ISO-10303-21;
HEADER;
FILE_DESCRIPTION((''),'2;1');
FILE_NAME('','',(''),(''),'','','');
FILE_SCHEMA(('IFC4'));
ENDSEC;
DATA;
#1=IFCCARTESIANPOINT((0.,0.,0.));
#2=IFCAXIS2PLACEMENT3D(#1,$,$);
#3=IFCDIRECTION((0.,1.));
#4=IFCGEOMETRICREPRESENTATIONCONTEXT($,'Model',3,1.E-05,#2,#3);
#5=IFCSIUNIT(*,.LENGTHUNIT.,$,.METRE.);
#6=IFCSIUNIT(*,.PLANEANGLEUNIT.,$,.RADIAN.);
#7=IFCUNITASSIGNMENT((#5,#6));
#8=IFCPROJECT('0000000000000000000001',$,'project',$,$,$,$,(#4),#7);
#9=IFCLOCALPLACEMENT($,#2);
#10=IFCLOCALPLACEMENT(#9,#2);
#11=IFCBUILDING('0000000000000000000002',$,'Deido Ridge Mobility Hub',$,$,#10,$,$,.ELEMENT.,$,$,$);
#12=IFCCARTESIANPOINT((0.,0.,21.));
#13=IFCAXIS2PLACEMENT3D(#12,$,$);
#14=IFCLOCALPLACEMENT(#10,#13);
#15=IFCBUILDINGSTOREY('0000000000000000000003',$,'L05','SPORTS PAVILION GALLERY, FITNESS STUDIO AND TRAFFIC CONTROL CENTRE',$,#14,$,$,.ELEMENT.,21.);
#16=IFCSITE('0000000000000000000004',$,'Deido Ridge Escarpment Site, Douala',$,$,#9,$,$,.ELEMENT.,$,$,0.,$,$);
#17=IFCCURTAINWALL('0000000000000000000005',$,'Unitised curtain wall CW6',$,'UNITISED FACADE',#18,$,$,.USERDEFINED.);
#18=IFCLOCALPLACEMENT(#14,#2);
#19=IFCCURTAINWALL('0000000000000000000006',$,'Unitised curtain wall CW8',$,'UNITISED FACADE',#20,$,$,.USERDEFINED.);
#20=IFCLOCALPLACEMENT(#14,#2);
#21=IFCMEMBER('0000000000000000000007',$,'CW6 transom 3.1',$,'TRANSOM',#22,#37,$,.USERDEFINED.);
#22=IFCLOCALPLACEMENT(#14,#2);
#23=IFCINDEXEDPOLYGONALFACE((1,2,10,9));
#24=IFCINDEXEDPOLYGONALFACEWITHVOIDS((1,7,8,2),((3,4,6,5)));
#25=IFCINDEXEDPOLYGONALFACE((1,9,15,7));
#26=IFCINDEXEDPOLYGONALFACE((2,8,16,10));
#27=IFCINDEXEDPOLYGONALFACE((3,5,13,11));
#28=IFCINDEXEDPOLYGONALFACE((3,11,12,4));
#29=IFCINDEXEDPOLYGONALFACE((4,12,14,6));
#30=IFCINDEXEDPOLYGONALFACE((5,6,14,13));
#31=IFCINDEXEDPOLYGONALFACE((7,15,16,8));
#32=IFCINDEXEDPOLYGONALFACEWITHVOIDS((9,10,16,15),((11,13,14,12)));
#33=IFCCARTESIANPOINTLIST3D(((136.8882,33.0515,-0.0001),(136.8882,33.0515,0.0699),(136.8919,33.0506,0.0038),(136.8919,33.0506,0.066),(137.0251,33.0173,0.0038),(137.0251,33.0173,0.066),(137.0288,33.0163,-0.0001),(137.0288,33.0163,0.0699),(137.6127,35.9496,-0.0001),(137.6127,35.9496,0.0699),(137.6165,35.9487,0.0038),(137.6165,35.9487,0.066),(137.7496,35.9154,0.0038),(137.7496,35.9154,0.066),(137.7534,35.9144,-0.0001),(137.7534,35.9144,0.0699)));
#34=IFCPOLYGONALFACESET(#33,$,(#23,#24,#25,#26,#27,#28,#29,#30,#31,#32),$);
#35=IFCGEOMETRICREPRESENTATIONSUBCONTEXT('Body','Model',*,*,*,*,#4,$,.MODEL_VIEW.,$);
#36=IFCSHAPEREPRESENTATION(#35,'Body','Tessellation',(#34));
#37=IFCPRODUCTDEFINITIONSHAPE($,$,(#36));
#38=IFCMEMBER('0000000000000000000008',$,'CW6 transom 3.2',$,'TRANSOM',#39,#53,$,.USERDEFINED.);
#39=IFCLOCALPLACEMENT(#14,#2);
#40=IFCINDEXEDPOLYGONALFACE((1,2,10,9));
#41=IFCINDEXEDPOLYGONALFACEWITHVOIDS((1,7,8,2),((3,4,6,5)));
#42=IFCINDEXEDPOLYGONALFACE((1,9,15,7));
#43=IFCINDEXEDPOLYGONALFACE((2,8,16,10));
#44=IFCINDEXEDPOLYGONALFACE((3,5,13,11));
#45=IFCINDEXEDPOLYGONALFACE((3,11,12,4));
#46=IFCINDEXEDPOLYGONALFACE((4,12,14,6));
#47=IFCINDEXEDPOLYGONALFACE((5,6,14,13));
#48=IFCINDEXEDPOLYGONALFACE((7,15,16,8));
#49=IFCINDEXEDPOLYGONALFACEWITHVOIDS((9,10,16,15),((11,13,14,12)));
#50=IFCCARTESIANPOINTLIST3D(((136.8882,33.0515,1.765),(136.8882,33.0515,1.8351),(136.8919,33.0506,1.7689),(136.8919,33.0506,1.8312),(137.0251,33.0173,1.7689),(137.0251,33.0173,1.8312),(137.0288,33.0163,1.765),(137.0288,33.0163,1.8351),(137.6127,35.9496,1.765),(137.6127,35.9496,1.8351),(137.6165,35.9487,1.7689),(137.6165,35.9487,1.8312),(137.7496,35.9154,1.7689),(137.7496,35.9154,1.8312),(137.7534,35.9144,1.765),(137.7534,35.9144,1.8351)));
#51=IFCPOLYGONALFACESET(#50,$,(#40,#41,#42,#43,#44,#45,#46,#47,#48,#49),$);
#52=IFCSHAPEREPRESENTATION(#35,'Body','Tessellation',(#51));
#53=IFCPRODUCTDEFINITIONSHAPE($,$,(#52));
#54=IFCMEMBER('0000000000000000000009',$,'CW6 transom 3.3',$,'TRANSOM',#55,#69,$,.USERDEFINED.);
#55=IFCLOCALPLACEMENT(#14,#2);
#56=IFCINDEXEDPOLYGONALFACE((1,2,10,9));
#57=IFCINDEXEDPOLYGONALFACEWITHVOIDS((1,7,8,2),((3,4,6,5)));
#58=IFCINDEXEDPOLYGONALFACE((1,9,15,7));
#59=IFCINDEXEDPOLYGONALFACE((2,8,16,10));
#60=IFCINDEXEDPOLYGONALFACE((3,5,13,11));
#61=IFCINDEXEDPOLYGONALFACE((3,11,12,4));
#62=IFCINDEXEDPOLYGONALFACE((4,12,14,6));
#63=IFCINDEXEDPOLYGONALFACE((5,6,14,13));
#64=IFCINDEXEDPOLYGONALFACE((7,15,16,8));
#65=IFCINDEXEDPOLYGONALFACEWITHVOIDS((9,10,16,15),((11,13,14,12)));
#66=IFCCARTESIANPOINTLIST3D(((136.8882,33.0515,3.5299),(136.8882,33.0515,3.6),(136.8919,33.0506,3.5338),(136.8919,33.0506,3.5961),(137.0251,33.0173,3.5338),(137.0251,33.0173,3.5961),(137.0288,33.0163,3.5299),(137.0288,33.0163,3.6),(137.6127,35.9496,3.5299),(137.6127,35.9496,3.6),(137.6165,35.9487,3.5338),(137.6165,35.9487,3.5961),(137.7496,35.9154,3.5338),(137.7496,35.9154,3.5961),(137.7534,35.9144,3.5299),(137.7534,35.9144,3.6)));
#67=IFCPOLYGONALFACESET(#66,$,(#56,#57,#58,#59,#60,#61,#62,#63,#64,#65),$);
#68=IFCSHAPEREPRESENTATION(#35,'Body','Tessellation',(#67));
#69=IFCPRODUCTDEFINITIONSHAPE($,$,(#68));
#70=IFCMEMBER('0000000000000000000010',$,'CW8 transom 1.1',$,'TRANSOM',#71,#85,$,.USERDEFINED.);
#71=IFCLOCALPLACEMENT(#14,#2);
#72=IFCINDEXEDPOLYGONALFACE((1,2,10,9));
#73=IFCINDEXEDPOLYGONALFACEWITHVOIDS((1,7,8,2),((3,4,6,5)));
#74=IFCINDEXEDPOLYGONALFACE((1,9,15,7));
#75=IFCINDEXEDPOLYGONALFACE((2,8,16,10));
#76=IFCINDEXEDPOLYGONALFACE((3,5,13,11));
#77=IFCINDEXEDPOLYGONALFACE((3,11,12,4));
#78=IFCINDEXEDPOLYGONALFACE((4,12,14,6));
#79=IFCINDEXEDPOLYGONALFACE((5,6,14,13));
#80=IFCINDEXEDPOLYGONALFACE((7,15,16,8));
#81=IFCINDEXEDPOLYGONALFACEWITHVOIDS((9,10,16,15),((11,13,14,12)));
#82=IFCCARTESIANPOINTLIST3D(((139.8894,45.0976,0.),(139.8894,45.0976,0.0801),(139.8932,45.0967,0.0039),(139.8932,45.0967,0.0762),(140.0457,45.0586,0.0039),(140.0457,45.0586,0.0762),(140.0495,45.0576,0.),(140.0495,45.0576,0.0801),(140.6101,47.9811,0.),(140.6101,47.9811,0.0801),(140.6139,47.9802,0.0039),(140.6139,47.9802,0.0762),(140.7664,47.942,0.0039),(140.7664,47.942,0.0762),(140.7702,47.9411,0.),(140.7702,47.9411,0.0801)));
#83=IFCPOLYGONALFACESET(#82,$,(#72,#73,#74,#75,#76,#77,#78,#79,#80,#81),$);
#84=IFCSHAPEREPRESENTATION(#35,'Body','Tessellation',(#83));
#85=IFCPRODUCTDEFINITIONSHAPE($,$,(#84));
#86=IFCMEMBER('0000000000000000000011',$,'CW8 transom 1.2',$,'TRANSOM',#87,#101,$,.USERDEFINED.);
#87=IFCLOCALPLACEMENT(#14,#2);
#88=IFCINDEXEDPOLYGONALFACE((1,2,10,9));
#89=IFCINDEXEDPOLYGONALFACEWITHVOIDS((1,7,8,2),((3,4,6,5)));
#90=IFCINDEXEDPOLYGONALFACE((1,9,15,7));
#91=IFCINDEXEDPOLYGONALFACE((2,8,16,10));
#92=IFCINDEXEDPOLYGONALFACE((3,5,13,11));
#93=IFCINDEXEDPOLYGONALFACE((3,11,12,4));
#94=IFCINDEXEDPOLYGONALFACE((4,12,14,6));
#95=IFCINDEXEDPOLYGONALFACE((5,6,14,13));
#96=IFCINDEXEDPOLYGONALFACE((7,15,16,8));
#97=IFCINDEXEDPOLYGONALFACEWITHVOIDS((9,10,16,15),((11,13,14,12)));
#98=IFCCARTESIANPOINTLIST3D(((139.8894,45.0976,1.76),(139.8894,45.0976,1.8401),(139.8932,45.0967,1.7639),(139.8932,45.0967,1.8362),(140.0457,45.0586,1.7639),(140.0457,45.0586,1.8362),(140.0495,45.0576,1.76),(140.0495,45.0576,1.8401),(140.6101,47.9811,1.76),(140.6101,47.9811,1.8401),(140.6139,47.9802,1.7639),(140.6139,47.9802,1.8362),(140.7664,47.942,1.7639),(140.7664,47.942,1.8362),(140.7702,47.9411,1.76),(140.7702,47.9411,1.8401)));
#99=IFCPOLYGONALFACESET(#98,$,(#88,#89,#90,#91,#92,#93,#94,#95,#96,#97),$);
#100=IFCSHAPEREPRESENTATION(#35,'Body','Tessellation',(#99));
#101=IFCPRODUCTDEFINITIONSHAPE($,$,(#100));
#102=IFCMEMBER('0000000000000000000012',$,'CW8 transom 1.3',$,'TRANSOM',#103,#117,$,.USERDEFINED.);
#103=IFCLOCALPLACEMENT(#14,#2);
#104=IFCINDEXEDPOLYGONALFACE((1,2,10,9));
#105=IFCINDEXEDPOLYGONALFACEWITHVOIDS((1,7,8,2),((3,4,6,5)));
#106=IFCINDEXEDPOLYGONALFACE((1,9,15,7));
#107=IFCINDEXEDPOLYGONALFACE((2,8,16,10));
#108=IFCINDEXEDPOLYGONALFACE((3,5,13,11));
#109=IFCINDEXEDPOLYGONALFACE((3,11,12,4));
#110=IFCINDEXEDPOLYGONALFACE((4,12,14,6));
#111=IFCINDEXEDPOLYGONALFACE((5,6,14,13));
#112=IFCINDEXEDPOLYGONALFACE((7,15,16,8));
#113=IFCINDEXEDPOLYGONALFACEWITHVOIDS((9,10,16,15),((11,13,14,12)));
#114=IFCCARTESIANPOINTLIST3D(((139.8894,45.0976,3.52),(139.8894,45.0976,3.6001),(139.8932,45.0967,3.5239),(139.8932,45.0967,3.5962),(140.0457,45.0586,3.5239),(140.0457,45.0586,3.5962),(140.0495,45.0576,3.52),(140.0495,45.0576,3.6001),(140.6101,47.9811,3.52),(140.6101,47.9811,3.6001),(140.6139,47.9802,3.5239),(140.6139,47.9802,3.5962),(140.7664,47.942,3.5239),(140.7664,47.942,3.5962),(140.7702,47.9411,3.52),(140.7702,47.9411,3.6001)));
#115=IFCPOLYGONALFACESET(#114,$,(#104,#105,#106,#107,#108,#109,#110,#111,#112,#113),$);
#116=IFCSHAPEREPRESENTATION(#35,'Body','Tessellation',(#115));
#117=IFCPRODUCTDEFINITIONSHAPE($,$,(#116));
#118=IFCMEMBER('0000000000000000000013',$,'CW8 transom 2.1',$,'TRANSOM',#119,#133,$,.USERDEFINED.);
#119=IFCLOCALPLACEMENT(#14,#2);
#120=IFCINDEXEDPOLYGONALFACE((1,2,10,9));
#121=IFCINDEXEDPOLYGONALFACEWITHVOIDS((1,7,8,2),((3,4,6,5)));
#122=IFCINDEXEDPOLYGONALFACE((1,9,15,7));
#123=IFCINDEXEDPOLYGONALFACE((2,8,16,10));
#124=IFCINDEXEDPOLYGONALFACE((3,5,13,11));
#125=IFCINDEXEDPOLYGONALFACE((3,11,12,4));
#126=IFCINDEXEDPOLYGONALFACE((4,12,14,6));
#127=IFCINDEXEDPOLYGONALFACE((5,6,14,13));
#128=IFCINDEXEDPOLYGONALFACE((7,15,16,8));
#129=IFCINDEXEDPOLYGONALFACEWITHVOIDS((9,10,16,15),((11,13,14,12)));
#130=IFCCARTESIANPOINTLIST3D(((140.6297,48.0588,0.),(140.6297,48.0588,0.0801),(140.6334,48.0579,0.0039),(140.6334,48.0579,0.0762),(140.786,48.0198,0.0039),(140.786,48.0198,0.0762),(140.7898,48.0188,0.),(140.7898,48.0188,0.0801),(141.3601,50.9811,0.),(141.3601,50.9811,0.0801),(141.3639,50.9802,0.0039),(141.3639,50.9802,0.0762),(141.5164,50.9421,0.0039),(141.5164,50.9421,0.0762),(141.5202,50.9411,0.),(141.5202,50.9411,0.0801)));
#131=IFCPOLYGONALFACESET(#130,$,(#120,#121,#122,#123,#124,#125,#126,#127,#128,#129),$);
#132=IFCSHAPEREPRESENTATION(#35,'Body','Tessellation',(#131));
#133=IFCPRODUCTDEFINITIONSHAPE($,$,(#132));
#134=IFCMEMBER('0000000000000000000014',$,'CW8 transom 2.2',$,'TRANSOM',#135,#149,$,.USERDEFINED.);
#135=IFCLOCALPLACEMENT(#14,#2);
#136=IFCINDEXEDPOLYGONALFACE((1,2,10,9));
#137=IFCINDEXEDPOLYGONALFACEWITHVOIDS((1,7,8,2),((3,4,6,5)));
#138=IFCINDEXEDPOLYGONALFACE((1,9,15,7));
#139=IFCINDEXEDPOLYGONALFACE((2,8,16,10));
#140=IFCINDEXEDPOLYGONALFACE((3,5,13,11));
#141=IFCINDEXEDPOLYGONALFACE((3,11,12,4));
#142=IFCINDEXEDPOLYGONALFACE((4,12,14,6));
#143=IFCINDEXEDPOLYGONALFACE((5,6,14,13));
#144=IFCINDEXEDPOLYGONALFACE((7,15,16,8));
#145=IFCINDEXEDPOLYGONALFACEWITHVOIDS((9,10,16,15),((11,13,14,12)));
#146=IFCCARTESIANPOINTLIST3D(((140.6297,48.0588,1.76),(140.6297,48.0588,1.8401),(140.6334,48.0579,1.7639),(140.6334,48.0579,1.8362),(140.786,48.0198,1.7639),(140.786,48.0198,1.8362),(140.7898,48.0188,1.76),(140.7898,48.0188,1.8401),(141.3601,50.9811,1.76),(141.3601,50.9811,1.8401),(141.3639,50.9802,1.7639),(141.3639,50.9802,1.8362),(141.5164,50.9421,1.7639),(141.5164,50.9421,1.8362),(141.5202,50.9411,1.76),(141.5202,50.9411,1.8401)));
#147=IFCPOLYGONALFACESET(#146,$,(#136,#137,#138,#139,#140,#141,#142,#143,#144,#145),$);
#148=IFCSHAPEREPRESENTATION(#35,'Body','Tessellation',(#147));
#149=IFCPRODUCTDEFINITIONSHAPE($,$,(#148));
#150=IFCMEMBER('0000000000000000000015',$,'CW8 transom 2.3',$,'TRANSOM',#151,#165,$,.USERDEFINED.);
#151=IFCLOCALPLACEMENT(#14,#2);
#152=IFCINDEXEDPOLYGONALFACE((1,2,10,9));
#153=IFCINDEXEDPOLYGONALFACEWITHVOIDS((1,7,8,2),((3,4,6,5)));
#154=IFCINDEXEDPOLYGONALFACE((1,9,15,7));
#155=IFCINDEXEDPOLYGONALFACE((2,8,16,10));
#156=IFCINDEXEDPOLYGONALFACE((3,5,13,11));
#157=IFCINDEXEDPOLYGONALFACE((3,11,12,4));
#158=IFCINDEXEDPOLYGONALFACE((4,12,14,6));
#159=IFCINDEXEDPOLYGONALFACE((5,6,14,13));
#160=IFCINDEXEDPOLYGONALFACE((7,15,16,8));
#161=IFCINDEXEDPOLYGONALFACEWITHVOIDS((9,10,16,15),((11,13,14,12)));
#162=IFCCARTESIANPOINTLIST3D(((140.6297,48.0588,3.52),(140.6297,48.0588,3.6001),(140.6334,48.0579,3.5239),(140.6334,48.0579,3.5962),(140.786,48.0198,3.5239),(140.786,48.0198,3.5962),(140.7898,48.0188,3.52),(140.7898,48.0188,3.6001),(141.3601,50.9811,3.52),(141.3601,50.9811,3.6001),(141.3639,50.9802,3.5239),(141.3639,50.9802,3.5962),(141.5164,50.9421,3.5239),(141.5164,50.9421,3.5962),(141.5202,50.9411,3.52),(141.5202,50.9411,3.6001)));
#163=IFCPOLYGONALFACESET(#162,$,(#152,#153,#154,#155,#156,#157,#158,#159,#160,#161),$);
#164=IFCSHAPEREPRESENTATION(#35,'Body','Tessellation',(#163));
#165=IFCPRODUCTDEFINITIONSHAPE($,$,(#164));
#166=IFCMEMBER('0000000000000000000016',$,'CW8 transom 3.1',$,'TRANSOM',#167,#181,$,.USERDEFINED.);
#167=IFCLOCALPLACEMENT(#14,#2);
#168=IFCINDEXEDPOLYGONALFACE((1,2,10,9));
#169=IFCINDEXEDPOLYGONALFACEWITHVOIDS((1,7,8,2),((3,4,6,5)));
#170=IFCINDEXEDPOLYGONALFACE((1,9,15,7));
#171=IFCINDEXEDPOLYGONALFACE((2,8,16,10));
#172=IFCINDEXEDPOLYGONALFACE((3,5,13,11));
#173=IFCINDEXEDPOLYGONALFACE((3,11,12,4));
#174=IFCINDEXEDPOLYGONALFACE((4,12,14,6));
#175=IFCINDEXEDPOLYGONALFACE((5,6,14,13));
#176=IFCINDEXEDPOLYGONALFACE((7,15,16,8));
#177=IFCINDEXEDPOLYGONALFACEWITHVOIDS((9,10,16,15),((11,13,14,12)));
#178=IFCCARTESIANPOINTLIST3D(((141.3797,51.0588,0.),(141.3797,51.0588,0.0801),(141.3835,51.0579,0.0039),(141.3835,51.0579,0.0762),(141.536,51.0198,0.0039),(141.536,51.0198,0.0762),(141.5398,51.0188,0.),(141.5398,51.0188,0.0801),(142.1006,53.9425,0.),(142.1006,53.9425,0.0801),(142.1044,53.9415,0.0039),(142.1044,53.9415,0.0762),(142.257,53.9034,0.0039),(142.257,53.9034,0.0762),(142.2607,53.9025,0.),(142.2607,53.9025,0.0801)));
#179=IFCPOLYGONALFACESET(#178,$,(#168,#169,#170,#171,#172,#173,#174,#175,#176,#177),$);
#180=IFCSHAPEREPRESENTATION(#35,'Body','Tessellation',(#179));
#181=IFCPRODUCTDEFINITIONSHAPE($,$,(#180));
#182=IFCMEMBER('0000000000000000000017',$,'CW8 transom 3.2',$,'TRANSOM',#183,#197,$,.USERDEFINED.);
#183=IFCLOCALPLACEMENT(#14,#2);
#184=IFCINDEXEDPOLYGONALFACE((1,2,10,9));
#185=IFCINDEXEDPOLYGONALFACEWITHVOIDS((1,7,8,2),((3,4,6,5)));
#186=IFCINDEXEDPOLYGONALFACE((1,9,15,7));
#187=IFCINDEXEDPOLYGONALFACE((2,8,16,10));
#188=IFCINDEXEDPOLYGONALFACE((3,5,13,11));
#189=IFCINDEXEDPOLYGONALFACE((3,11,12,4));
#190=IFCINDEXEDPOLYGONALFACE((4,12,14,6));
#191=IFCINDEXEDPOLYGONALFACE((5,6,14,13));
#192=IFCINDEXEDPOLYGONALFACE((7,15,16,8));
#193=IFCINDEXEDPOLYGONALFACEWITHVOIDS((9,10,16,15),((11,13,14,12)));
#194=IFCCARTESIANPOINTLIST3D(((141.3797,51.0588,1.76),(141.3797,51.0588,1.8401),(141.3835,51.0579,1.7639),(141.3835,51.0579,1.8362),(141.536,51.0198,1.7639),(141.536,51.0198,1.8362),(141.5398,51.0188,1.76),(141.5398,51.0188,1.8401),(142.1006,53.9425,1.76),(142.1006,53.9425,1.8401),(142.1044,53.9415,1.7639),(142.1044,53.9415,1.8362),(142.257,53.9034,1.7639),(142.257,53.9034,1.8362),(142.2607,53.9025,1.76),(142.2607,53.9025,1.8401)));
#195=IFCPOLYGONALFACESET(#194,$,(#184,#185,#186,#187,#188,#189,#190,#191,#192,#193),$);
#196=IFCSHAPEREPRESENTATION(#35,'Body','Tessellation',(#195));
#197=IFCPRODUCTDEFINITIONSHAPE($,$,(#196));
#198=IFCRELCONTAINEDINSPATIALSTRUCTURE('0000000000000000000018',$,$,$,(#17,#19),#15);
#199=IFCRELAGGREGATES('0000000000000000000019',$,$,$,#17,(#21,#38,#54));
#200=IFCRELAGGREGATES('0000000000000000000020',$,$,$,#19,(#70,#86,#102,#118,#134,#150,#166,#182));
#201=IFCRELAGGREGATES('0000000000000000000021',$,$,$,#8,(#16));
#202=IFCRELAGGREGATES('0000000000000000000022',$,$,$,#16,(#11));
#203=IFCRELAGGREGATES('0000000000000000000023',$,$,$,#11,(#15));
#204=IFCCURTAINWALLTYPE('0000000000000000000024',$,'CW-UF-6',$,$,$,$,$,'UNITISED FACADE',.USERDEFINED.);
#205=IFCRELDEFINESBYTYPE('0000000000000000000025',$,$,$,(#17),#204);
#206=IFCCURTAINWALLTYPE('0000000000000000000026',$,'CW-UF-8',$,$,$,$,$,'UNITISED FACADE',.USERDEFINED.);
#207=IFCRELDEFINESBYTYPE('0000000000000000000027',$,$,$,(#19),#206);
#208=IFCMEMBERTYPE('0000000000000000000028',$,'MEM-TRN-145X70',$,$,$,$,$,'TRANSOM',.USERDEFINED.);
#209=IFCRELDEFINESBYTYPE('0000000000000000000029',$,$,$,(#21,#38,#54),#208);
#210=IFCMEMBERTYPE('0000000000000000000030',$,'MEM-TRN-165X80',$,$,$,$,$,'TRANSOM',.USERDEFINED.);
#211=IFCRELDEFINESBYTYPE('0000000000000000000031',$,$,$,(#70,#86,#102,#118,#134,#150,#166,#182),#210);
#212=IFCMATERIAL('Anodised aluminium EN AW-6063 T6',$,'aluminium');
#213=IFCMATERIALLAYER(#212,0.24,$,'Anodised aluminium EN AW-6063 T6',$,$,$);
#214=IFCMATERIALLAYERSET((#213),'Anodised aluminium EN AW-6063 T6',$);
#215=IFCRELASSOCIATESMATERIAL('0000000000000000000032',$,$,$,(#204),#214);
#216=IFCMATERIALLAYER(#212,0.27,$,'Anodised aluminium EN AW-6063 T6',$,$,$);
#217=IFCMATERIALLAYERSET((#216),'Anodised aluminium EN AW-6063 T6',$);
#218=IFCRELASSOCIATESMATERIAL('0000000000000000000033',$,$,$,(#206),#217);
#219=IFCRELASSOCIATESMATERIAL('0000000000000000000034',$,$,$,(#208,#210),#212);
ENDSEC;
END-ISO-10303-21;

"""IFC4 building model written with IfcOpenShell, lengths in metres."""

from ifc_helpers import new_model, si_unit, direction, frame, origin, origin_2d, place, context, subcontext, project, spatial, hollow_rectangle, extrude, material, layer, layer_set, material_profile, profile_set, type_object, element, aggregate, save


model = new_model("IFC4")

# Units and contexts
model_context = context("Model", 3, precision=1e-05, world=origin(), true_north=direction((0.0, 1.0)))
body_context = subcontext(model_context, "Body", "Model", "MODEL_VIEW")
ifc_project = project(units=[si_unit("LENGTHUNIT", "METRE"), si_unit("PLANEANGLEUNIT", "RADIAN")], contexts=[model_context])

# Site, building, storey
site_placement = place(None, origin())
site = spatial("IfcSite", under=ifc_project, at=site_placement, Name="Deido Ridge Escarpment Site, Douala", CompositionType="ELEMENT", RefElevation=0.0)
building_placement = place(site_placement, origin())
building = spatial("IfcBuilding", under=site, at=building_placement, Name="Deido Ridge Mobility Hub", CompositionType="ELEMENT")
storey_placement = place(building_placement, frame((0.0, 0.0, 21.0)))
storey = spatial("IfcBuildingStorey", under=building, at=storey_placement, Name="L05", Description="SPORTS PAVILION GALLERY, FITNESS STUDIO AND TRAFFIC CONTROL CENTRE", CompositionType="ELEMENT", Elevation=21.0)

# Curtain walls
ifc_material_1 = material(Name="Anodised aluminium EN AW-6063 T6", Category="aluminium")
ifc_layer_1 = layer(ifc_material_1, 0.24, Name="Anodised aluminium EN AW-6063 T6")
ifc_layer_set_1 = layer_set([ifc_layer_1], Name="Anodised aluminium EN AW-6063 T6")
curtain_wall_type_1 = type_object("IfcCurtainWallType", Name="CW-UF-6", ElementType="UNITISED FACADE", PredefinedType="USERDEFINED", material=ifc_layer_set_1)
curtain_wall_1_placement = place(storey_placement, origin())
curtain_wall_1 = element("IfcCurtainWall", 1, at=curtain_wall_1_placement, inside=storey, type_object=curtain_wall_type_1, Name="Unitised curtain wall CW6", ObjectType="UNITISED FACADE", PredefinedType="USERDEFINED")
ifc_layer_2 = layer(ifc_material_1, 0.27, Name="Anodised aluminium EN AW-6063 T6")
ifc_layer_set_2 = layer_set([ifc_layer_2], Name="Anodised aluminium EN AW-6063 T6")
curtain_wall_type_2 = type_object("IfcCurtainWallType", Name="CW-UF-8", ElementType="UNITISED FACADE", PredefinedType="USERDEFINED", material=ifc_layer_set_2)
curtain_wall_2_placement = place(storey_placement, origin())
curtain_wall_2 = element("IfcCurtainWall", 2, at=curtain_wall_2_placement, inside=storey, type_object=curtain_wall_type_2, Name="Unitised curtain wall CW8", ObjectType="UNITISED FACADE", PredefinedType="USERDEFINED")

# Members
ifc_material_profile_1 = material_profile(ifc_material_1, hollow_rectangle(XDim=0.145, YDim=0.0701, WallThickness=0.0039, at=origin_2d()), Name="RHS 145x70x4")
ifc_profile_set_1 = profile_set([ifc_material_profile_1], Name="Anodised aluminium EN AW-6063 T6")
member_type_1 = type_object("IfcMemberType", Name="MEM-TRN-145X70", ElementType="TRANSOM", PredefinedType="USERDEFINED", material=ifc_profile_set_1)
member_1_placement = place(storey_placement, frame((136.9585, 33.0339, 0.0349), z_axis=(0.242555, 0.970138, 0.0), x_axis=(-0.970138, 0.242555, 0.0)))
member_1 = element("IfcMember", 3, at=member_1_placement, type_object=member_type_1, Name="CW6 transom 3.1", ObjectType="TRANSOM", PredefinedType="USERDEFINED", context=body_context, shape_type="SweptSolid", body=[
    extrude(hollow_rectangle(XDim=0.145, YDim=0.0701, WallThickness=0.0039, at=origin_2d()), origin(), (0.0, 0.0, 1.0), 2.9873),
])
member_2_placement = place(storey_placement, frame((136.9585, 33.0339, 1.8), z_axis=(0.242555, 0.970138, 0.0), x_axis=(-0.970138, 0.242555, 0.0)))
member_2 = element("IfcMember", 4, at=member_2_placement, type_object=member_type_1, Name="CW6 transom 3.2", ObjectType="TRANSOM", PredefinedType="USERDEFINED", context=body_context, shape_type="SweptSolid", body=[
    extrude(hollow_rectangle(XDim=0.145, YDim=0.0701, WallThickness=0.0039, at=origin_2d()), origin(), (0.0, 0.0, 1.0), 2.9873),
])
member_3_placement = place(storey_placement, frame((136.9585, 33.0339, 3.5649), z_axis=(0.242555, 0.970138, 0.0), x_axis=(-0.970138, 0.242555, 0.0)))
member_3 = element("IfcMember", 5, at=member_3_placement, type_object=member_type_1, Name="CW6 transom 3.3", ObjectType="TRANSOM", PredefinedType="USERDEFINED", context=body_context, shape_type="SweptSolid", body=[
    extrude(hollow_rectangle(XDim=0.145, YDim=0.0701, WallThickness=0.0039, at=origin_2d()), origin(), (0.0, 0.0, 1.0), 2.9873),
])
ifc_material_profile_2 = material_profile(ifc_material_1, hollow_rectangle(XDim=0.165, YDim=0.0801, WallThickness=0.0039, at=origin_2d()), Name="RHS 165x80x4")
ifc_profile_set_2 = profile_set([ifc_material_profile_2], Name="Anodised aluminium EN AW-6063 T6")
member_type_2 = type_object("IfcMemberType", Name="MEM-TRN-165X80", ElementType="TRANSOM", PredefinedType="USERDEFINED", material=ifc_profile_set_2)
member_4_placement = place(storey_placement, frame((139.9695, 45.0776, 0.04), z_axis=(0.242478, 0.970157, 0.0), x_axis=(-0.970157, 0.242478, 0.0)))
member_4 = element("IfcMember", 6, at=member_4_placement, type_object=member_type_2, Name="CW8 transom 1.1", ObjectType="TRANSOM", PredefinedType="USERDEFINED", context=body_context, shape_type="SweptSolid", body=[
    extrude(hollow_rectangle(XDim=0.165, YDim=0.0801, WallThickness=0.0039, at=origin_2d()), origin(), (0.0, 0.0, 1.0), 2.9722),
])
member_5_placement = place(storey_placement, frame((139.9695, 45.0776, 1.8), z_axis=(0.242478, 0.970157, 0.0), x_axis=(-0.970157, 0.242478, 0.0)))
member_5 = element("IfcMember", 7, at=member_5_placement, type_object=member_type_2, Name="CW8 transom 1.2", ObjectType="TRANSOM", PredefinedType="USERDEFINED", context=body_context, shape_type="SweptSolid", body=[
    extrude(hollow_rectangle(XDim=0.165, YDim=0.0801, WallThickness=0.0039, at=origin_2d()), origin(), (0.0, 0.0, 1.0), 2.9722),
])
member_6_placement = place(storey_placement, frame((139.9695, 45.0776, 3.5601), z_axis=(0.242478, 0.970157, 0.0), x_axis=(-0.970157, 0.242478, 0.0)))
member_6 = element("IfcMember", 8, at=member_6_placement, type_object=member_type_2, Name="CW8 transom 1.3", ObjectType="TRANSOM", PredefinedType="USERDEFINED", context=body_context, shape_type="SweptSolid", body=[
    extrude(hollow_rectangle(XDim=0.165, YDim=0.0801, WallThickness=0.0039, at=origin_2d()), origin(), (0.0, 0.0, 1.0), 2.9722),
])
member_7_placement = place(storey_placement, frame((140.7097, 48.0388, 0.04), z_axis=(0.242497, 0.970152, 0.0), x_axis=(-0.970152, 0.242497, 0.0)))
member_7 = element("IfcMember", 9, at=member_7_placement, type_object=member_type_2, Name="CW8 transom 2.1", ObjectType="TRANSOM", PredefinedType="USERDEFINED", context=body_context, shape_type="SweptSolid", body=[
    extrude(hollow_rectangle(XDim=0.165, YDim=0.0801, WallThickness=0.0039, at=origin_2d()), origin(), (0.0, 0.0, 1.0), 3.0122),
])
member_8_placement = place(storey_placement, frame((140.7097, 48.0388, 1.8), z_axis=(0.242497, 0.970152, 0.0), x_axis=(-0.970152, 0.242497, 0.0)))
member_8 = element("IfcMember", 10, at=member_8_placement, type_object=member_type_2, Name="CW8 transom 2.2", ObjectType="TRANSOM", PredefinedType="USERDEFINED", context=body_context, shape_type="SweptSolid", body=[
    extrude(hollow_rectangle(XDim=0.165, YDim=0.0801, WallThickness=0.0039, at=origin_2d()), origin(), (0.0, 0.0, 1.0), 3.0122),
])
member_9_placement = place(storey_placement, frame((140.7097, 48.0388, 3.5601), z_axis=(0.242497, 0.970152, 0.0), x_axis=(-0.970152, 0.242497, 0.0)))
member_9 = element("IfcMember", 11, at=member_9_placement, type_object=member_type_2, Name="CW8 transom 2.3", ObjectType="TRANSOM", PredefinedType="USERDEFINED", context=body_context, shape_type="SweptSolid", body=[
    extrude(hollow_rectangle(XDim=0.165, YDim=0.0801, WallThickness=0.0039, at=origin_2d()), origin(), (0.0, 0.0, 1.0), 3.0122),
])
member_10_placement = place(storey_placement, frame((141.4597, 51.0388, 0.04), z_axis=(0.242555, 0.970138, 0.0), x_axis=(-0.970138, 0.242555, 0.0)))
member_10 = element("IfcMember", 12, at=member_10_placement, type_object=member_type_2, Name="CW8 transom 3.1", ObjectType="TRANSOM", PredefinedType="USERDEFINED", context=body_context, shape_type="SweptSolid", body=[
    extrude(hollow_rectangle(XDim=0.165, YDim=0.0801, WallThickness=0.0039, at=origin_2d()), origin(), (0.0, 0.0, 1.0), 2.9724),
])
member_11_placement = place(storey_placement, frame((141.4597, 51.0388, 1.8), z_axis=(0.242555, 0.970138, 0.0), x_axis=(-0.970138, 0.242555, 0.0)))
member_11 = element("IfcMember", 13, at=member_11_placement, type_object=member_type_2, Name="CW8 transom 3.2", ObjectType="TRANSOM", PredefinedType="USERDEFINED", context=body_context, shape_type="SweptSolid", body=[
    extrude(hollow_rectangle(XDim=0.165, YDim=0.0801, WallThickness=0.0039, at=origin_2d()), origin(), (0.0, 0.0, 1.0), 2.9724),
])

aggregate(curtain_wall_1, [member_1, member_2, member_3])
aggregate(curtain_wall_2, [member_4, member_5, member_6, member_7, member_8, member_9, member_10, member_11])

save(model, "model.ifc")
